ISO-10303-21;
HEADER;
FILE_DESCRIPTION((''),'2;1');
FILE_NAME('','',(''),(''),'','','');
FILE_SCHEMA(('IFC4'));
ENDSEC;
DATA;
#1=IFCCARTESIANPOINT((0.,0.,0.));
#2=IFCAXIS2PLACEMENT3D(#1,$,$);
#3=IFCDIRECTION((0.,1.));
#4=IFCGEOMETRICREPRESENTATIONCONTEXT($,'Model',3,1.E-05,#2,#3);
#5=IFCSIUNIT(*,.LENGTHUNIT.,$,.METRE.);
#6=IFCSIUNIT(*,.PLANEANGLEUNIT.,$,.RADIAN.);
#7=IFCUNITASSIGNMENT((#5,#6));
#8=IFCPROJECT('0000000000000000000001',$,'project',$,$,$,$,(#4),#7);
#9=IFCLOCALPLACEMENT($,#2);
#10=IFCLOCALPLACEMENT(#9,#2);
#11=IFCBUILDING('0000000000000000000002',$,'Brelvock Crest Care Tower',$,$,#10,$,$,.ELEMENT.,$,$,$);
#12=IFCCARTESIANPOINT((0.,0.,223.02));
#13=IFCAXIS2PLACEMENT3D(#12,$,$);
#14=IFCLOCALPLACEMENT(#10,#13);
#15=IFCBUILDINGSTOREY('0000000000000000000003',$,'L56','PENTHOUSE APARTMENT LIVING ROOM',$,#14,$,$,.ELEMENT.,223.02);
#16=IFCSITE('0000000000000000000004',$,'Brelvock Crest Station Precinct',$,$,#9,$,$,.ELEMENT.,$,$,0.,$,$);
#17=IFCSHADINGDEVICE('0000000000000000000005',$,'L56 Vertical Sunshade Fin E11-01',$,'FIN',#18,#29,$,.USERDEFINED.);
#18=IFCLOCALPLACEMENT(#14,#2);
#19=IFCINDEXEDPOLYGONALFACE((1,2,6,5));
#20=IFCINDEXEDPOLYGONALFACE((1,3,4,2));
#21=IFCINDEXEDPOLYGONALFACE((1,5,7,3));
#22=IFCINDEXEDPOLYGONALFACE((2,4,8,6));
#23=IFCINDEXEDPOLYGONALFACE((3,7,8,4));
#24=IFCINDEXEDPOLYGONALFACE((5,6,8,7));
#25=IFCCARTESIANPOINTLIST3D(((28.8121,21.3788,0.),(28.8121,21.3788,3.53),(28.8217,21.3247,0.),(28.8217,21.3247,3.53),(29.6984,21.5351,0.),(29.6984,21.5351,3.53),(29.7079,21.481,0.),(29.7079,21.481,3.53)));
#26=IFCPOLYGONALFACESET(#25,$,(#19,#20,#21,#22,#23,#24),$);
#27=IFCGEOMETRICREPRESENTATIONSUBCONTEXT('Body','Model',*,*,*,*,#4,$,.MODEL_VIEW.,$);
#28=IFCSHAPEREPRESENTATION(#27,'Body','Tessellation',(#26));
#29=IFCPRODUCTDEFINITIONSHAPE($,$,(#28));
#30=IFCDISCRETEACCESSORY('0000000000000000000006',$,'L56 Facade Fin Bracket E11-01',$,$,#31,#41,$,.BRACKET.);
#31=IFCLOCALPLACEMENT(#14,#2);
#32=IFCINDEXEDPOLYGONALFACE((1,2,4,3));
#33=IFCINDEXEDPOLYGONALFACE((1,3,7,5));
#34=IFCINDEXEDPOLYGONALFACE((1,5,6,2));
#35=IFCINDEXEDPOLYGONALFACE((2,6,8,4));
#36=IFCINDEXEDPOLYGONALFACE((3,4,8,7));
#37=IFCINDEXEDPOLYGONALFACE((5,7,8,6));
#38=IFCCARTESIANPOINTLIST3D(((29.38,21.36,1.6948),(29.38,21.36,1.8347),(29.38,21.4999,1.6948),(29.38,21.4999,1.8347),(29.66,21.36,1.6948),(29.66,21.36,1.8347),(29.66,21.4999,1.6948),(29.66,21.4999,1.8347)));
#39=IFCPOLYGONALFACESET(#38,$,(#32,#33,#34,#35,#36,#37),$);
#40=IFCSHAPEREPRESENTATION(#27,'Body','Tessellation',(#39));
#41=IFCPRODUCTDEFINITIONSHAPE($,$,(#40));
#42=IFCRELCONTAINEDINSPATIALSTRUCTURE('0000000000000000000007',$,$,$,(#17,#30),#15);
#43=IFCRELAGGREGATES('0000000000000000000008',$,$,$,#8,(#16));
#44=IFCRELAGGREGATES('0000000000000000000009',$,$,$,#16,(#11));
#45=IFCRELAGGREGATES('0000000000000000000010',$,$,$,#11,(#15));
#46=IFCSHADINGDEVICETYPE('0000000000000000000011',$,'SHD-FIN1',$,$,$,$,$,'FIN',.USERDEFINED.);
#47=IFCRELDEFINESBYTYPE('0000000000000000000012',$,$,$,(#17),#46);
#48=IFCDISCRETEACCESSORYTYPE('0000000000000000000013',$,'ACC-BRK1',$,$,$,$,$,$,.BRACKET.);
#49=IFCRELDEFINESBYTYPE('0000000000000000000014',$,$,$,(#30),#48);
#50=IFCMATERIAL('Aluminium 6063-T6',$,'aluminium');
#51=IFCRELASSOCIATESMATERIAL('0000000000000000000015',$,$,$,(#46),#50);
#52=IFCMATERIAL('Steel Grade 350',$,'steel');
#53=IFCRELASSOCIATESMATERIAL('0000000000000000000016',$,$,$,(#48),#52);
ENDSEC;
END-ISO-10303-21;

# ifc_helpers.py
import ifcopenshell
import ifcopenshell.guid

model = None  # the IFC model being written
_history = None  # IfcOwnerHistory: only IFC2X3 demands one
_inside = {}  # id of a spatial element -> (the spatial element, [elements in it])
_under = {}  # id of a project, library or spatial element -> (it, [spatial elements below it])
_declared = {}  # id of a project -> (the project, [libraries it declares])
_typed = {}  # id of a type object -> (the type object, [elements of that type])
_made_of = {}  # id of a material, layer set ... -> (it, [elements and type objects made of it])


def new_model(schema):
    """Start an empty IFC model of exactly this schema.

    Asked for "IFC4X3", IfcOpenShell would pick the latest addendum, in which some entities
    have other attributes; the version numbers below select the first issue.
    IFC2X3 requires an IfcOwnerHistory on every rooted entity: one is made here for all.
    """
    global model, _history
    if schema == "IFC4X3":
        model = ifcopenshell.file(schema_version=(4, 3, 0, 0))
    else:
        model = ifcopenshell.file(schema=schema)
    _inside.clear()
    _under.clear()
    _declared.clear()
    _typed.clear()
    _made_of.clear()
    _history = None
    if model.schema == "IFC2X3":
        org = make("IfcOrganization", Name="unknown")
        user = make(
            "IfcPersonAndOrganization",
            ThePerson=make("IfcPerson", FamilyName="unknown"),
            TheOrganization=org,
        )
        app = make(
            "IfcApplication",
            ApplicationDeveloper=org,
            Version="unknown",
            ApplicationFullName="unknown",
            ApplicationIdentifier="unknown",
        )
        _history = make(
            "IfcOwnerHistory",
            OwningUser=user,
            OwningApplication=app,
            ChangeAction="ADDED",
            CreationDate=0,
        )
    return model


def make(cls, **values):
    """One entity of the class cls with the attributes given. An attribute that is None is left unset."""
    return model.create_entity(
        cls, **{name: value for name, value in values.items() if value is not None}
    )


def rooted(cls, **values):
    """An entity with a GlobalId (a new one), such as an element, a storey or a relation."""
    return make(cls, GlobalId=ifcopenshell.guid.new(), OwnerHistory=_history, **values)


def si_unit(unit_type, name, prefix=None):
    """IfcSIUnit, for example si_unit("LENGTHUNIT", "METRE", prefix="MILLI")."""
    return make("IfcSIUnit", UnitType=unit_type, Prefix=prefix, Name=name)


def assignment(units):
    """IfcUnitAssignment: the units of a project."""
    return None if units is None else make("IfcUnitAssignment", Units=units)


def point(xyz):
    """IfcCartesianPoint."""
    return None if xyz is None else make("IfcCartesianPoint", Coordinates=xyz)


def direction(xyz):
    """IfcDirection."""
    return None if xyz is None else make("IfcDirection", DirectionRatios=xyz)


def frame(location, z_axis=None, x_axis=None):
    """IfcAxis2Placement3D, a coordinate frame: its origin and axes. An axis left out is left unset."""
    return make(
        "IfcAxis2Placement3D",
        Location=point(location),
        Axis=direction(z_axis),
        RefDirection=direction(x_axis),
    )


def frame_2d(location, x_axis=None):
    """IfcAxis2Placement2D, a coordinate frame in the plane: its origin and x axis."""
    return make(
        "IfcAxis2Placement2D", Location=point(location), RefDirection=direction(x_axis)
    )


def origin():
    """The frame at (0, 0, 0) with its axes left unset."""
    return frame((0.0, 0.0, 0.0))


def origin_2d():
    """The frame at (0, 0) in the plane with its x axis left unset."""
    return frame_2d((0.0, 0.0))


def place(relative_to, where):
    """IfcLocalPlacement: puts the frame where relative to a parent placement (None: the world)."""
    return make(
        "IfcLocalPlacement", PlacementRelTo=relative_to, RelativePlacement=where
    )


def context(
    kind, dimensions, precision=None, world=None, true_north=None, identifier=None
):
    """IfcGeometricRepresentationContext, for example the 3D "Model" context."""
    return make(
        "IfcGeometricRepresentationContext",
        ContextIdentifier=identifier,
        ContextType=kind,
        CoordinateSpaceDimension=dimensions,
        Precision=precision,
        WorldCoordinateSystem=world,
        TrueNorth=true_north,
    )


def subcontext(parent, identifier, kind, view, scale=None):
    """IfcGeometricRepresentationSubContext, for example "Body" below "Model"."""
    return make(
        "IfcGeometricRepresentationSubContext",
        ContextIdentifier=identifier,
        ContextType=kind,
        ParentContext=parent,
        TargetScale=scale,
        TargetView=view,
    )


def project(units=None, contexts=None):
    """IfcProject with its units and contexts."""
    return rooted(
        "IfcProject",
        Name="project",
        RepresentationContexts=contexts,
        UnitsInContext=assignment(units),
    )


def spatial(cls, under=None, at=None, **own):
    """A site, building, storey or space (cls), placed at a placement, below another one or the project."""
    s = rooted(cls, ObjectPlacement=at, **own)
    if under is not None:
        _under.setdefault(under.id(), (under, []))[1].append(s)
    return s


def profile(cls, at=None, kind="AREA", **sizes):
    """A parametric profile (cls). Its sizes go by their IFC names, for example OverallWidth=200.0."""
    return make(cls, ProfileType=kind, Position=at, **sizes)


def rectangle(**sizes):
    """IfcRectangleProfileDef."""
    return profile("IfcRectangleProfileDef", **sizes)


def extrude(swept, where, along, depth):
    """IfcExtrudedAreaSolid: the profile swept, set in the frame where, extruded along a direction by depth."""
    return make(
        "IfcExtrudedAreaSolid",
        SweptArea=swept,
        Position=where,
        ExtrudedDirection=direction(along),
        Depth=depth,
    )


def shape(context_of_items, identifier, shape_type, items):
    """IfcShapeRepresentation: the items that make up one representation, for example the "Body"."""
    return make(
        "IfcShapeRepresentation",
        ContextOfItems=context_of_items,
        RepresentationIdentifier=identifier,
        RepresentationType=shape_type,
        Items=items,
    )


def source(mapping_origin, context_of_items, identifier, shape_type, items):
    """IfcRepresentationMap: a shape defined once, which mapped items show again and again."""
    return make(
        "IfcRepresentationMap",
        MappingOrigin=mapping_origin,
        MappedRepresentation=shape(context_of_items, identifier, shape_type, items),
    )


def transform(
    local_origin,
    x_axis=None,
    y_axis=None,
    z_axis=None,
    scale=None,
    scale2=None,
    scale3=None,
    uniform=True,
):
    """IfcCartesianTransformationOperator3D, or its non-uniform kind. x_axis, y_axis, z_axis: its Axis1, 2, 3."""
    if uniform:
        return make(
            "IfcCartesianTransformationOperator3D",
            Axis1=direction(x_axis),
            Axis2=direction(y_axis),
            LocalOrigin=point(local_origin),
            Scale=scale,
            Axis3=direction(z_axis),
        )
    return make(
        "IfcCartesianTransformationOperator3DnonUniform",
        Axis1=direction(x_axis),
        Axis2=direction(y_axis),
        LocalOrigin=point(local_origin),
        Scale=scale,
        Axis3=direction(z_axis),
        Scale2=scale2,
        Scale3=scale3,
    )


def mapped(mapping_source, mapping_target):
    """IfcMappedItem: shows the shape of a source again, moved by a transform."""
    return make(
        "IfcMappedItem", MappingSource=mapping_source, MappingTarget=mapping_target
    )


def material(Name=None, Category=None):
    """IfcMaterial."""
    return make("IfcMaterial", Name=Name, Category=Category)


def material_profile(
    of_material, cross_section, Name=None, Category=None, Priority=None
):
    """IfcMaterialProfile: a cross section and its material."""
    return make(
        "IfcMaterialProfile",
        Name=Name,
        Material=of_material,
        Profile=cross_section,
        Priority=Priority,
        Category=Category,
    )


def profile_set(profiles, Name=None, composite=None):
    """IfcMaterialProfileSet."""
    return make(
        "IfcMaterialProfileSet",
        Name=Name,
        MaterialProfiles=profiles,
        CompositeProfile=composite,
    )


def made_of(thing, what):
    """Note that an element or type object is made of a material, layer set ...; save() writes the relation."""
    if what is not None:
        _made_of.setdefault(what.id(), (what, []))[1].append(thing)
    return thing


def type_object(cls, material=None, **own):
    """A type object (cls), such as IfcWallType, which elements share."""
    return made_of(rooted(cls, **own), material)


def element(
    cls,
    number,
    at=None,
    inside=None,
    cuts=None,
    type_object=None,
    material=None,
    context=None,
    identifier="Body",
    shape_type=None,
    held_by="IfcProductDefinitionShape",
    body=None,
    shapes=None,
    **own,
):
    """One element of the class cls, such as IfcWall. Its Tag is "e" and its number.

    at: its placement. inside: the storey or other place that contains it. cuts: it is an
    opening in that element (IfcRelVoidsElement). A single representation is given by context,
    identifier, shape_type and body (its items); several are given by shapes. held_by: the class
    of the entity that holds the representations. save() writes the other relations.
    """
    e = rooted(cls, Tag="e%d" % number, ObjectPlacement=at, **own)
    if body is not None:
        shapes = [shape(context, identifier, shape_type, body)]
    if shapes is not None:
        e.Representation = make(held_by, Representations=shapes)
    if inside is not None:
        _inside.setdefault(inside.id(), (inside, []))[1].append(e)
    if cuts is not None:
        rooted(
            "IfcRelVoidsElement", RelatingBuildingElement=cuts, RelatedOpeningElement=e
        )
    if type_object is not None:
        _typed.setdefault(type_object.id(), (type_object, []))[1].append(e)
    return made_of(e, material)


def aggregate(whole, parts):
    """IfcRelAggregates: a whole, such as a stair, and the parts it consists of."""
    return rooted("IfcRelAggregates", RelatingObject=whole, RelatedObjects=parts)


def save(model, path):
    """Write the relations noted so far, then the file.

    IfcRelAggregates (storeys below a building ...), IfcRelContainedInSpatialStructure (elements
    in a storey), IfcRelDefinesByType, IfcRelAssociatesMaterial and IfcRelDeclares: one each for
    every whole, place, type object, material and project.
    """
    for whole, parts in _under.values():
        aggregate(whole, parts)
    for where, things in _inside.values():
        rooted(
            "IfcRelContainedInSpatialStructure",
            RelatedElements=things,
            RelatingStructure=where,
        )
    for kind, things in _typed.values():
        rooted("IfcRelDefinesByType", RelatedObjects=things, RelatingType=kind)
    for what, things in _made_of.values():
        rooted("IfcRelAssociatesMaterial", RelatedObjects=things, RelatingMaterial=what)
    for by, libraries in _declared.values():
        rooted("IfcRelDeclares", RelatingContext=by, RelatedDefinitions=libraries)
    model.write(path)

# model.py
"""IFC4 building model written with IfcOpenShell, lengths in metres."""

from ifc_helpers import new_model, si_unit, direction, frame, origin, origin_2d, place, context, subcontext, project, spatial, rectangle, extrude, source, transform, mapped, material, material_profile, profile_set, type_object, element, save


model = new_model("IFC4")

# Units and contexts
model_context = context("Model", 3, precision=1e-05, world=origin(), true_north=direction((0.0, 1.0)))
body_context = subcontext(model_context, "Body", "Model", "MODEL_VIEW")
ifc_project = project(units=[si_unit("LENGTHUNIT", "METRE"), si_unit("PLANEANGLEUNIT", "RADIAN")], contexts=[model_context])

# Site, building, storey
site_placement = place(None, origin())
site = spatial("IfcSite", under=ifc_project, at=site_placement, Name="Brelvock Crest Station Precinct", CompositionType="ELEMENT", RefElevation=0.0)
building_placement = place(site_placement, origin())
building = spatial("IfcBuilding", under=site, at=building_placement, Name="Brelvock Crest Care Tower", CompositionType="ELEMENT")
storey_placement = place(building_placement, frame((0.0, 0.0, 223.02)))
storey = spatial("IfcBuildingStorey", under=building, at=storey_placement, Name="L56", Description="PENTHOUSE APARTMENT LIVING ROOM", CompositionType="ELEMENT", Elevation=223.02)

# Shared definitions
ifc_material_1 = material(Name="Steel Grade 350", Category="steel")

# Shared definitions
ifc_material_2 = material(Name="Aluminium 6063-T6", Category="aluminium")

# Shading device
ifc_material_profile_1 = material_profile(ifc_material_2, rectangle(XDim=0.0549, YDim=0.8999, at=origin_2d()), Name="FIN55x900")
ifc_profile_set_1 = profile_set([ifc_material_profile_1], Name="Aluminium 6063-T6")
shading_device_type = type_object("IfcShadingDeviceType", Name="SHD-FIN1", ElementType="FIN", PredefinedType="USERDEFINED", material=ifc_profile_set_1)
shared_shape_1 = source(origin(), body_context, "Body", "SweptSolid", [
    extrude(rectangle(XDim=0.0549, YDim=0.8999, at=origin_2d()), origin(), (0.0, 0.0, 1.0), 3.53),
])
shading_device_placement = place(storey_placement, frame((29.26, 21.4299, 0.0), z_axis=(0.0, 0.0, 1.0), x_axis=(-0.173648, 0.984808, 0.0)))
element("IfcShadingDevice", 1, at=shading_device_placement, inside=storey, type_object=shading_device_type, Name="L56 Vertical Sunshade Fin E11-01", ObjectType="FIN", PredefinedType="USERDEFINED", context=body_context, shape_type="MappedRepresentation", body=[
    mapped(shared_shape_1, transform((0.0, 0.0, 0.0), x_axis=(1.0, 0.0, 0.0), y_axis=(0.0, 1.0, 0.0), z_axis=(0.0, 0.0, 1.0), scale=1.0)),
])

# Discrete accessory
discrete_accessory_type = type_object("IfcDiscreteAccessoryType", Name="ACC-BRK1", PredefinedType="BRACKET", material=ifc_material_1)
shared_shape_2 = source(origin(), body_context, "Body", "SweptSolid", [
    extrude(rectangle(XDim=0.28, YDim=0.1399, at=origin_2d()), origin(), (0.0, 0.0, 1.0), 0.1399),
])
discrete_accessory_placement = place(storey_placement, frame((29.52, 21.4299, 1.6948), z_axis=(0.0, 0.0, 1.0), x_axis=(-1.0, 0.0, 0.0)))
element("IfcDiscreteAccessory", 2, at=discrete_accessory_placement, inside=storey, type_object=discrete_accessory_type, Name="L56 Facade Fin Bracket E11-01", PredefinedType="BRACKET", context=body_context, shape_type="MappedRepresentation", body=[
    mapped(shared_shape_2, transform((0.0, 0.0, 0.0), x_axis=(1.0, 0.0, 0.0), y_axis=(0.0, 1.0, 0.0), z_axis=(0.0, 0.0, 1.0), scale=1.0)),
])

save(model, "model.ifc")
